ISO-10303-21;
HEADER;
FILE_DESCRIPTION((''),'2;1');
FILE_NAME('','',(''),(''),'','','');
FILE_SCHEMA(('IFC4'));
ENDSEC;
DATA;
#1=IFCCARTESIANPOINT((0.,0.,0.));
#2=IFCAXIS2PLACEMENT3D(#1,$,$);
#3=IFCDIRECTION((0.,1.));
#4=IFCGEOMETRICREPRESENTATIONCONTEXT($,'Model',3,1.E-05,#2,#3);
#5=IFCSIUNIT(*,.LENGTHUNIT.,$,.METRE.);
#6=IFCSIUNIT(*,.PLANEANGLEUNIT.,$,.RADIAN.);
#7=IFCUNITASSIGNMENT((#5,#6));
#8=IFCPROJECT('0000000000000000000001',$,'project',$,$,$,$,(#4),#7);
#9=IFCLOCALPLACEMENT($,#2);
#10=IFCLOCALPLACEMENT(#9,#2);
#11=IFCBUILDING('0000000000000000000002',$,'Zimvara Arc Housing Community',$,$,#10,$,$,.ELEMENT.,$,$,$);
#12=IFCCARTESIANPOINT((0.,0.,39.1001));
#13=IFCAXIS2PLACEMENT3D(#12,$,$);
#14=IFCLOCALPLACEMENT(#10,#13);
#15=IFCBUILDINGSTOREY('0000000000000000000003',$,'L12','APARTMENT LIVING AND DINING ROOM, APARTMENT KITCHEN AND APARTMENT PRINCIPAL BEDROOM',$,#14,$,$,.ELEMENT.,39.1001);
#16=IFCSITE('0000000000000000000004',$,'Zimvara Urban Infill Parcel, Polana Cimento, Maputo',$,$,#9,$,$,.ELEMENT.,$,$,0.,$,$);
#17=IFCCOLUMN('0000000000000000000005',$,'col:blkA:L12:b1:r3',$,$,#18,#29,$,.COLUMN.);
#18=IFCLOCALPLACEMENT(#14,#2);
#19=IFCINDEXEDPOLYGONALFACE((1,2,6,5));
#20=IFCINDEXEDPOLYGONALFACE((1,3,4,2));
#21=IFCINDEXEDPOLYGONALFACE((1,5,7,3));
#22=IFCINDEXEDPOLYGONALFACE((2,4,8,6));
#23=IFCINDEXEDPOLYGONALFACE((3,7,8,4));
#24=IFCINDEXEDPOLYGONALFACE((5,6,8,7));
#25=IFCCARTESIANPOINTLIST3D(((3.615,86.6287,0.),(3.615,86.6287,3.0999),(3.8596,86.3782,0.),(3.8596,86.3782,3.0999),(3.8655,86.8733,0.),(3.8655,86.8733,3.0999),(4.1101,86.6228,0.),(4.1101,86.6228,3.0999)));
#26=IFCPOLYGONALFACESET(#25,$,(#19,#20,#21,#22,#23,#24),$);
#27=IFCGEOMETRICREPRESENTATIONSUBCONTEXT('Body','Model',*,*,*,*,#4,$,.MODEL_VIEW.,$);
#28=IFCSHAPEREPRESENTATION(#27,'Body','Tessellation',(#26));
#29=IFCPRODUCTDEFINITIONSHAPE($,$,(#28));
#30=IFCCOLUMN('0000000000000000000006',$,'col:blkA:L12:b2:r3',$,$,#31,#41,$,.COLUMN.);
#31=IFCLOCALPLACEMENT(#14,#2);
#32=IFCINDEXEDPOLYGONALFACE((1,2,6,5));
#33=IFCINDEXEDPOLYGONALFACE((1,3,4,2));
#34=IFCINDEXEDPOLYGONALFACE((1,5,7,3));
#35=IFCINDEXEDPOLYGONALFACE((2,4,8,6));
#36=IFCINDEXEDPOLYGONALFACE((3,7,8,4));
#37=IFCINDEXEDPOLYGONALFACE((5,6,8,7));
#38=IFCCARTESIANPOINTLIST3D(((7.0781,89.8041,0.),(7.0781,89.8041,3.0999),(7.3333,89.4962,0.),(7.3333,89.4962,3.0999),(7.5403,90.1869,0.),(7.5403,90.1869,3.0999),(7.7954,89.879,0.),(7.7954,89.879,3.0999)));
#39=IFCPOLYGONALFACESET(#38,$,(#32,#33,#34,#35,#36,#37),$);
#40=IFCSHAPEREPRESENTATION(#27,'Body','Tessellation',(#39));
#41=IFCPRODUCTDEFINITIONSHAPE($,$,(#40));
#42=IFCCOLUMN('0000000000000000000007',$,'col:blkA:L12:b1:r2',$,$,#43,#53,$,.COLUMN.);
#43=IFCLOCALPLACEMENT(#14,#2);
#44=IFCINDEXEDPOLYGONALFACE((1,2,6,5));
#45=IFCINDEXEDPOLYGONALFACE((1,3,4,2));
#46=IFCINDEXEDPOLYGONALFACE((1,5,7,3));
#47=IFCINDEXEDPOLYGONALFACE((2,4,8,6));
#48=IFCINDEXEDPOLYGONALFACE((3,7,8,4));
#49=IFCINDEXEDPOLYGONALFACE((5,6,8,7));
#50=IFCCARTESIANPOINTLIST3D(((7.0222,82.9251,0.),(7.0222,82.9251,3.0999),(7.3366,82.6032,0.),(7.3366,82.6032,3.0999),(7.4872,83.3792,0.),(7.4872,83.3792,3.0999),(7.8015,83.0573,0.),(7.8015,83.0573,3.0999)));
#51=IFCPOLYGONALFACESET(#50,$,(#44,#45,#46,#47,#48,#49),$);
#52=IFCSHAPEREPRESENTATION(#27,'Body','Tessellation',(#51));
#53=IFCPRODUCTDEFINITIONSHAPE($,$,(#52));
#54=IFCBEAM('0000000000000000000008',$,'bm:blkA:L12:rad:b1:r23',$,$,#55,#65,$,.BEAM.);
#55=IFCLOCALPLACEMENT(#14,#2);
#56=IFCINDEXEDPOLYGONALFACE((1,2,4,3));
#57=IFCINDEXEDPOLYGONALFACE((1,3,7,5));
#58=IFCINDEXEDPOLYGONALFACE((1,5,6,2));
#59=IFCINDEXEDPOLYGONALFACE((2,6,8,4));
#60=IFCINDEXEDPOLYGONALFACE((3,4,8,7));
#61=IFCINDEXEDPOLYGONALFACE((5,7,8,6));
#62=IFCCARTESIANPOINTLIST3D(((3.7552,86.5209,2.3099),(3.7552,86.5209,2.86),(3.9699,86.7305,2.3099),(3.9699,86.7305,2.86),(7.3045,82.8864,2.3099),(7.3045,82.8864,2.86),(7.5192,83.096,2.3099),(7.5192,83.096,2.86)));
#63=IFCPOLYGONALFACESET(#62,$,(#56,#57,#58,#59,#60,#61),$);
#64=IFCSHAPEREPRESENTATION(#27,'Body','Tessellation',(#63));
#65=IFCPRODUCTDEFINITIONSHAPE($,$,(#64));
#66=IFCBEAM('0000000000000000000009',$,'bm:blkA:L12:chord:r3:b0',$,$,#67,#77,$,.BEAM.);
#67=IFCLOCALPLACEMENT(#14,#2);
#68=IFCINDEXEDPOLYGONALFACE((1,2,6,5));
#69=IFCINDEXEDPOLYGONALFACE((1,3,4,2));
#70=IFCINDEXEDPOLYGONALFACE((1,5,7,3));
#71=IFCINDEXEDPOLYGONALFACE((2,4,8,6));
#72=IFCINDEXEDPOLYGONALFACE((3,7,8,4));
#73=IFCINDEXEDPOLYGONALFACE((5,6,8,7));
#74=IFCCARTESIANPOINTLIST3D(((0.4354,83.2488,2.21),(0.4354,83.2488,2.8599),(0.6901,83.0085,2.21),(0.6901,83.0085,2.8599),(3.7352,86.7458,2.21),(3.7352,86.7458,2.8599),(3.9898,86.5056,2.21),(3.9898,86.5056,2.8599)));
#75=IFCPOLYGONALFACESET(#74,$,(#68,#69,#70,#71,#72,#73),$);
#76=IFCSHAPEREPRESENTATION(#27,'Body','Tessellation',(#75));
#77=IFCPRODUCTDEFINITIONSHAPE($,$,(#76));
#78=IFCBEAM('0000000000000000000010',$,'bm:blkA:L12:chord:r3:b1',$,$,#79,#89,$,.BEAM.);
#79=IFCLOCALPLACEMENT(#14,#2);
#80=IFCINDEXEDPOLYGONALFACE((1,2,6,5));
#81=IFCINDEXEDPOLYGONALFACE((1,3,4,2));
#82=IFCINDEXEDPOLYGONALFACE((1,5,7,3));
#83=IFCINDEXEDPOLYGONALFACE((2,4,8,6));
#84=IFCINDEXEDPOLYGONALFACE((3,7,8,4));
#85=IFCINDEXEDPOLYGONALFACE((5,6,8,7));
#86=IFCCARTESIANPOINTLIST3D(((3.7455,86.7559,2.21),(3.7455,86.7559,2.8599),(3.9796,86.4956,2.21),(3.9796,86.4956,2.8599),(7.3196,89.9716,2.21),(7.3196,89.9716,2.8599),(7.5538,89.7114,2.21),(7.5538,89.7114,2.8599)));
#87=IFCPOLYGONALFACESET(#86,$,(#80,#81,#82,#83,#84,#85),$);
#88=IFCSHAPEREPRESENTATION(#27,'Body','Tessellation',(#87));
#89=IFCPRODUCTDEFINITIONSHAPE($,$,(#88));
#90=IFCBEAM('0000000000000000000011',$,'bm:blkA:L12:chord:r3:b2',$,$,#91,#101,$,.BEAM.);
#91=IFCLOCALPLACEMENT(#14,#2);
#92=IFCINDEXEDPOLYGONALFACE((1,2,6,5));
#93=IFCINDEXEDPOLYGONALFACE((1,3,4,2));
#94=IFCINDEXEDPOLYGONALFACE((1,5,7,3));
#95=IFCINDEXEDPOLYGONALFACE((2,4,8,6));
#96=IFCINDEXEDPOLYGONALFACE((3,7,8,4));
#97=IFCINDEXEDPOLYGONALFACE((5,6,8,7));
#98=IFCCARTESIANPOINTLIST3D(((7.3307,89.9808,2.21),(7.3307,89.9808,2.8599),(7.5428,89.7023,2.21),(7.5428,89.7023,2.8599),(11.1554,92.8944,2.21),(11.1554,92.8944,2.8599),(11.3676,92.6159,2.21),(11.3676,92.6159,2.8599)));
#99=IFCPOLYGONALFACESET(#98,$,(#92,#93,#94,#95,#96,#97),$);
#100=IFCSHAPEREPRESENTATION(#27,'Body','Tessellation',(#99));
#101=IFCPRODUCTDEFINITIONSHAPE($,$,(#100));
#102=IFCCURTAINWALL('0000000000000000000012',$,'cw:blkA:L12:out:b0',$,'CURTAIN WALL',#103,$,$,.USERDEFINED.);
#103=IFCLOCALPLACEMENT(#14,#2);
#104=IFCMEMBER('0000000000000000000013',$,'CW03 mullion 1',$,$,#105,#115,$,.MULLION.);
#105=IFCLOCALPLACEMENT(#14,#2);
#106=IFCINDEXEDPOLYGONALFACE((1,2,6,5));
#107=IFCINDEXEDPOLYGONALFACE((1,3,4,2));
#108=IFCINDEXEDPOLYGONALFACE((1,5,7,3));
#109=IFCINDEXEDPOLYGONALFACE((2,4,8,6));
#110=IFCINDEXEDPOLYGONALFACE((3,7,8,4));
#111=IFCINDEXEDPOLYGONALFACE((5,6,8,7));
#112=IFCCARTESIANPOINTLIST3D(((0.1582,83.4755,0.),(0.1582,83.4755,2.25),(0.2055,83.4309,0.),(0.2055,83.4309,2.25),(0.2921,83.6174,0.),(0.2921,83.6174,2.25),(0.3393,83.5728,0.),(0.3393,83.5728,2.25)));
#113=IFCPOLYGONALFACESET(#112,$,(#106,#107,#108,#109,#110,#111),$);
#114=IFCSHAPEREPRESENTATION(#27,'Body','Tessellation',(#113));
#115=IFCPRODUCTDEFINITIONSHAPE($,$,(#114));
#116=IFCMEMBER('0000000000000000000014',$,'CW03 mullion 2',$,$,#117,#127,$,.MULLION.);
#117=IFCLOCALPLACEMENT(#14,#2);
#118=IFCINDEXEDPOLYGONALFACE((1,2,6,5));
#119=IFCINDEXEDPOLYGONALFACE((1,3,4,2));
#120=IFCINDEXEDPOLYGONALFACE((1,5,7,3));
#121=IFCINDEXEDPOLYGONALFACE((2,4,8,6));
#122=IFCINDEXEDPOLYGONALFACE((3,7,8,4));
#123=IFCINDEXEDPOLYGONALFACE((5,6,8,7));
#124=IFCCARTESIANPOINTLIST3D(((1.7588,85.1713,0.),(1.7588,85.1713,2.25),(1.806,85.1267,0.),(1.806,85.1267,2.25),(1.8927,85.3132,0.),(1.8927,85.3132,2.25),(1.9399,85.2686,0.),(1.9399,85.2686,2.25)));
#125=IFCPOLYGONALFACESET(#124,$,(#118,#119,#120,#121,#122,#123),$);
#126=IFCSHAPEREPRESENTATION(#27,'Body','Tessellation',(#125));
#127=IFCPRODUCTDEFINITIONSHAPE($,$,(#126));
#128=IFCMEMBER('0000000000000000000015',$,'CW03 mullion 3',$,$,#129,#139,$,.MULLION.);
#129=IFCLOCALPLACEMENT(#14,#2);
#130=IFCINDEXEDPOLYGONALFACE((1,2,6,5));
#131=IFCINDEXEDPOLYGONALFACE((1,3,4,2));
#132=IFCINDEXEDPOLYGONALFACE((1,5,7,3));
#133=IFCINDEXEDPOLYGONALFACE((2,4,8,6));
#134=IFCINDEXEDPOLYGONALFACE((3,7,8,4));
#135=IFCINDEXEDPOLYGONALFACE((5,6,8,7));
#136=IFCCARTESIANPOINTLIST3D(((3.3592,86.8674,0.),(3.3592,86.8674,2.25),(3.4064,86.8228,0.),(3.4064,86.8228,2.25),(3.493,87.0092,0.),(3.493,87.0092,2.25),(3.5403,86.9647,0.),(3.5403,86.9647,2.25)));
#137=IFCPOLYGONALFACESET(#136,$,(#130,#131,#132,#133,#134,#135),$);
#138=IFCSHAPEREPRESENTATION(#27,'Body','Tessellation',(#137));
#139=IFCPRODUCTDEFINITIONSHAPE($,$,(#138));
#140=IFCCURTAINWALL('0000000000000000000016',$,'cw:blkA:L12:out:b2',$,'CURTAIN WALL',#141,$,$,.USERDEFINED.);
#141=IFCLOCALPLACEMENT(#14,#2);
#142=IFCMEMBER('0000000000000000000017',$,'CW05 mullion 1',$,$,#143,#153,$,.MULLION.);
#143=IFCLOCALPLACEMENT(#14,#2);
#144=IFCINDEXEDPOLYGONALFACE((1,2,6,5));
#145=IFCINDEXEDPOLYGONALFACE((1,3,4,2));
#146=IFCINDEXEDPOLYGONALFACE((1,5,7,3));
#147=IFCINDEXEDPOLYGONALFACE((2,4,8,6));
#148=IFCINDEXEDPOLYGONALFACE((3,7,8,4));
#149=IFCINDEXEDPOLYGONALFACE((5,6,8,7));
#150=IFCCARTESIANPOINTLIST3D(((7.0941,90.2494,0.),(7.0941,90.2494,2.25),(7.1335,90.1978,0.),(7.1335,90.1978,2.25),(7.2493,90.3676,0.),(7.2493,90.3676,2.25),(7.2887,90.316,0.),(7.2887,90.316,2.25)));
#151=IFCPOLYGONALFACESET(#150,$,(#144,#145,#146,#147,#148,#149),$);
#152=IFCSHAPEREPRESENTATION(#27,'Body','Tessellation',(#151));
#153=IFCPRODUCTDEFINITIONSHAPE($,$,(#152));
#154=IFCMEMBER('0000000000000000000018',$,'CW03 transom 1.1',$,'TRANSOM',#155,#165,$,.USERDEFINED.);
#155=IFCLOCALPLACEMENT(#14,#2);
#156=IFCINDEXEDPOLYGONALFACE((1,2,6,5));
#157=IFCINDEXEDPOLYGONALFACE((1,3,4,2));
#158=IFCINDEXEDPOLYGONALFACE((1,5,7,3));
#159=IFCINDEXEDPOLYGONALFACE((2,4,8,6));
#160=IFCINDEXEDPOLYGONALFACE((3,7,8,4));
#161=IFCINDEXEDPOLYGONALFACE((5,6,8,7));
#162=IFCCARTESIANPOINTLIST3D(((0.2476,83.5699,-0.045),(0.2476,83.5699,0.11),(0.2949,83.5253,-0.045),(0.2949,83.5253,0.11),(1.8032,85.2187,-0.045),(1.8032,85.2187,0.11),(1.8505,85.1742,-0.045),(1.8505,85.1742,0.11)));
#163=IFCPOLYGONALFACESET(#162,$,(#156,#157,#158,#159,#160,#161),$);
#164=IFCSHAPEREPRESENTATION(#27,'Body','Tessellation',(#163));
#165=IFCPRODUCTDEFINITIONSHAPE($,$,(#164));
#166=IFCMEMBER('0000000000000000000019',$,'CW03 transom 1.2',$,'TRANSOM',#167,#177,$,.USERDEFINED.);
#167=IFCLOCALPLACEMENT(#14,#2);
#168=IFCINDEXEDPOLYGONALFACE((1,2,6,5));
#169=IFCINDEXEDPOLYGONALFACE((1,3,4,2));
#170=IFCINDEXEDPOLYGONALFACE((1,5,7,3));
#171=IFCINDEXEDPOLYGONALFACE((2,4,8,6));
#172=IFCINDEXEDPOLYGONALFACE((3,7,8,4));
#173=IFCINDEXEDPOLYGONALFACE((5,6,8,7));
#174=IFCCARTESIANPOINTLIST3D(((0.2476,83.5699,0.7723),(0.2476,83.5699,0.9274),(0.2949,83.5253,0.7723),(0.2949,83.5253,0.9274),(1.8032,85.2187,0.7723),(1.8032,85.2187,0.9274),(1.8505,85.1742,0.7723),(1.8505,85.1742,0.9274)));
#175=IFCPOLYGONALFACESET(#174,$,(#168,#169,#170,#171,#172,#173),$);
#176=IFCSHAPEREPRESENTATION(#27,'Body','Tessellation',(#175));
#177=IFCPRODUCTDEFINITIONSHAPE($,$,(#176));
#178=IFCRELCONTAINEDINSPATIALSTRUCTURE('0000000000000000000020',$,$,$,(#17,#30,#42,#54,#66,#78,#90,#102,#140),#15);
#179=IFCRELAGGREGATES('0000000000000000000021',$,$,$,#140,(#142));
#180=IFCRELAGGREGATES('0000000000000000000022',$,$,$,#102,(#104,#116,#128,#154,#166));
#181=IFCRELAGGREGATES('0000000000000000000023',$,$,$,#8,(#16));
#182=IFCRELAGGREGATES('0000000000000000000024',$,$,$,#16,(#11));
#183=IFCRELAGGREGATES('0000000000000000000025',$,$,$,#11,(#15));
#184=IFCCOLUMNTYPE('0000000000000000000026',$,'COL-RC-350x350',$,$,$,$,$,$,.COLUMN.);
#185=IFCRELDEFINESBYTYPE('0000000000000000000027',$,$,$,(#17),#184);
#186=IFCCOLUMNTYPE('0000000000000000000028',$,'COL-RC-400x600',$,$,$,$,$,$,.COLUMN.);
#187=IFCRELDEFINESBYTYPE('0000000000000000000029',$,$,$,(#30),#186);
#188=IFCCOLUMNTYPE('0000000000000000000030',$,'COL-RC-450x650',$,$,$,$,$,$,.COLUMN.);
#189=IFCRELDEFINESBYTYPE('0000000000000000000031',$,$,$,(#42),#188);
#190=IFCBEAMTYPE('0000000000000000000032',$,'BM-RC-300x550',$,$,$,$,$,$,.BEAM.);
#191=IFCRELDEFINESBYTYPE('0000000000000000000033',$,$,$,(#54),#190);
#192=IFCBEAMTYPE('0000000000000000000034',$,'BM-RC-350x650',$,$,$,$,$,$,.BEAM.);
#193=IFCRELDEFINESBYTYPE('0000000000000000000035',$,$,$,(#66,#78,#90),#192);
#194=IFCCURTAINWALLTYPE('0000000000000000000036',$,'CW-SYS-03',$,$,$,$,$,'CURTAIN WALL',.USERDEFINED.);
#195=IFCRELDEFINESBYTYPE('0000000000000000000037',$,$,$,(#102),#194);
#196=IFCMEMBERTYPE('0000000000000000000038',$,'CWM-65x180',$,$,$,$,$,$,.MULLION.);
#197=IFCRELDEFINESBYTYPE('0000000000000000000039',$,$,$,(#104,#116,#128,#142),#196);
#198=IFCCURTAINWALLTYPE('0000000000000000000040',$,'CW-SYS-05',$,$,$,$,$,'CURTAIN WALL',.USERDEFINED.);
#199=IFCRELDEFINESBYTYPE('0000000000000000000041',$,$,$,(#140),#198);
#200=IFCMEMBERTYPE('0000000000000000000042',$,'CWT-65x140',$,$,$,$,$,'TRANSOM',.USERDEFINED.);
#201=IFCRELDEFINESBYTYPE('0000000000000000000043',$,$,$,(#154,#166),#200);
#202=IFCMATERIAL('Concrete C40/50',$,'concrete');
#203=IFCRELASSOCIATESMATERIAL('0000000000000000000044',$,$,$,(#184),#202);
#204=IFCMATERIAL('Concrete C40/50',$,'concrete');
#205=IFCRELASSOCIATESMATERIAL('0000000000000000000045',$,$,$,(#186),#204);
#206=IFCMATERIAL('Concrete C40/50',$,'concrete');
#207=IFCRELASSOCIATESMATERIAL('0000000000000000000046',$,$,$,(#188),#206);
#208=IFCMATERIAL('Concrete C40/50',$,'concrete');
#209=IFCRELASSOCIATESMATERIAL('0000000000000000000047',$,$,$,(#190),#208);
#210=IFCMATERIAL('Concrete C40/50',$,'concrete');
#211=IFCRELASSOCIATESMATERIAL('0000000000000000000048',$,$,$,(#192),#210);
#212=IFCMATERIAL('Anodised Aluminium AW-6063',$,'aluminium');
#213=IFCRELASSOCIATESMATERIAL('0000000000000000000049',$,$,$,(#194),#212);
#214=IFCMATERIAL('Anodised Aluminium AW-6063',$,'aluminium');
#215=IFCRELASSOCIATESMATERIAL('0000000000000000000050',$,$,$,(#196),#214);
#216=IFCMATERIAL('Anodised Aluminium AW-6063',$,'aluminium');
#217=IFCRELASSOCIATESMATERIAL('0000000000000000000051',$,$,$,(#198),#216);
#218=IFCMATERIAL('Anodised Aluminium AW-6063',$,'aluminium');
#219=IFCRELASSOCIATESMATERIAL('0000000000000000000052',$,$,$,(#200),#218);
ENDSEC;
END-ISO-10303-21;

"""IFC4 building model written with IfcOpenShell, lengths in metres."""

from ifc_helpers import new_model, si_unit, direction, frame, origin, origin_2d, place, context, subcontext, project, spatial, rectangle, extrude, material, material_profile, profile_set, type_object, element, aggregate, save


model = new_model("IFC4")

# Units and contexts
model_context = context("Model", 3, precision=1e-05, world=origin(), true_north=direction((0.0, 1.0)))
body_context = subcontext(model_context, "Body", "Model", "MODEL_VIEW")
ifc_project = project(units=[si_unit("LENGTHUNIT", "METRE"), si_unit("PLANEANGLEUNIT", "RADIAN")], contexts=[model_context])

# Site, building, storey
site_placement = place(None, origin())
site = spatial("IfcSite", under=ifc_project, at=site_placement, Name="Zimvara Urban Infill Parcel, Polana Cimento, Maputo", CompositionType="ELEMENT", RefElevation=0.0)
building_placement = place(site_placement, origin())
building = spatial("IfcBuilding", under=site, at=building_placement, Name="Zimvara Arc Housing Community", CompositionType="ELEMENT")
storey_placement = place(building_placement, frame((0.0, 0.0, 39.1001)))
storey = spatial("IfcBuildingStorey", under=building, at=storey_placement, Name="L12", Description="APARTMENT LIVING AND DINING ROOM, APARTMENT KITCHEN AND APARTMENT PRINCIPAL BEDROOM", CompositionType="ELEMENT", Elevation=39.1001)

# Columns
ifc_material_1 = material(Name="Concrete C40/50", Category="concrete")
ifc_material_profile_1 = material_profile(ifc_material_1, rectangle(XDim=0.3501, YDim=0.3501, at=origin_2d()), Name="RC 350x350")
ifc_profile_set_1 = profile_set([ifc_material_profile_1], Name="Concrete C40/50")
column_type_1 = type_object("IfcColumnType", Name="COL-RC-350x350", PredefinedType="COLUMN", material=ifc_profile_set_1)
column_1_placement = place(storey_placement, frame((3.8625, 86.6257, 0.0), z_axis=(0.0, 0.0, 1.0), x_axis=(-0.698665, 0.715449, 0.0)))
element("IfcColumn", 1, at=column_1_placement, inside=storey, type_object=column_type_1, Name="col:blkA:L12:b1:r3", PredefinedType="COLUMN", context=body_context, shape_type="SweptSolid", body=[
    extrude(rectangle(XDim=0.3501, YDim=0.3501, at=origin_2d()), origin(), (0.0, 0.0, 1.0), 3.0999),
])
ifc_material_2 = material(Name="Concrete C40/50", Category="concrete")
ifc_material_profile_2 = material_profile(ifc_material_2, rectangle(XDim=0.3999, YDim=0.6001, at=origin_2d()), Name="RC 400x600")
ifc_profile_set_2 = profile_set([ifc_material_profile_2], Name="Concrete C40/50")
column_type_2 = type_object("IfcColumnType", Name="COL-RC-400x600", PredefinedType="COLUMN", material=ifc_profile_set_2)
column_2_placement = place(storey_placement, frame((7.4368, 89.8416, 0.0), z_axis=(0.0, 0.0, 1.0), x_axis=(-0.637962, 0.770068, 0.0)))
element("IfcColumn", 2, at=column_2_placement, inside=storey, type_object=column_type_2, Name="col:blkA:L12:b2:r3", PredefinedType="COLUMN", context=body_context, shape_type="SweptSolid", body=[
    extrude(rectangle(XDim=0.3999, YDim=0.6001, at=origin_2d()), origin(), (0.0, 0.0, 1.0), 3.0999),
])
ifc_material_3 = material(Name="Concrete C40/50", Category="concrete")
ifc_material_profile_3 = material_profile(ifc_material_3, rectangle(XDim=0.45, YDim=0.6499, at=origin_2d()), Name="RC 450x650")
ifc_profile_set_3 = profile_set([ifc_material_profile_3], Name="Concrete C40/50")
column_type_3 = type_object("IfcColumnType", Name="COL-RC-450x650", PredefinedType="COLUMN", material=ifc_profile_set_3)
column_3_placement = place(storey_placement, frame((7.4119, 82.9912, 0.0), z_axis=(0.0, 0.0, 1.0), x_axis=(-0.698665, 0.715449, 0.0)))
element("IfcColumn", 3, at=column_3_placement, inside=storey, type_object=column_type_3, Name="col:blkA:L12:b1:r2", PredefinedType="COLUMN", context=body_context, shape_type="SweptSolid", body=[
    extrude(rectangle(XDim=0.45, YDim=0.6499, at=origin_2d()), origin(), (0.0, 0.0, 1.0), 3.0999),
])

# Beams
ifc_material_4 = material(Name="Concrete C40/50", Category="concrete")
ifc_material_profile_4 = material_profile(ifc_material_4, rectangle(XDim=0.3, YDim=0.55, at=origin_2d()), Name="RC 300x550")
ifc_profile_set_4 = profile_set([ifc_material_profile_4], Name="Concrete C40/50")
beam_type_1 = type_object("IfcBeamType", Name="BM-RC-300x550", PredefinedType="BEAM", material=ifc_profile_set_4)
beam_1_placement = place(storey_placement, frame((7.4119, 82.9912, 2.585), z_axis=(-0.698671, 0.715443, 0.0), x_axis=(-0.715443, -0.698671, 0.0)))
element("IfcBeam", 4, at=beam_1_placement, inside=storey, type_object=beam_type_1, Name="bm:blkA:L12:rad:b1:r23", PredefinedType="BEAM", context=body_context, shape_type="SweptSolid", body=[
    extrude(rectangle(XDim=0.3, YDim=0.55, at=origin_2d()), origin(), (0.0, 0.0, 1.0), 5.0801),
])
ifc_material_5 = material(Name="Concrete C40/50", Category="concrete")
ifc_material_profile_5 = material_profile(ifc_material_5, rectangle(XDim=0.3501, YDim=0.6499, at=origin_2d()), Name="RC 350x650")
ifc_profile_set_5 = profile_set([ifc_material_profile_5], Name="Concrete C40/50")
beam_type_2 = type_object("IfcBeamType", Name="BM-RC-350x650", PredefinedType="BEAM", material=ifc_profile_set_5)
beam_2_placement = place(storey_placement, frame((0.5627, 83.1287, 2.5349), z_axis=(0.686295, 0.727323, 0.0), x_axis=(-0.727323, 0.686295, 0.0)))
element("IfcBeam", 5, at=beam_2_placement, inside=storey, type_object=beam_type_2, Name="bm:blkA:L12:chord:r3:b0", PredefinedType="BEAM", context=body_context, shape_type="SweptSolid", body=[
    extrude(rectangle(XDim=0.3501, YDim=0.6499, at=origin_2d()), origin(), (0.0, 0.0, 1.0), 4.8081),
])
beam_3_placement = place(storey_placement, frame((3.8625, 86.6257, 2.5349), z_axis=(0.743395, 0.668853, 0.0), x_axis=(-0.668853, 0.743395, 0.0)))
element("IfcBeam", 6, at=beam_3_placement, inside=storey, type_object=beam_type_2, Name="bm:blkA:L12:chord:r3:b1", PredefinedType="BEAM", context=body_context, shape_type="SweptSolid", body=[
    extrude(rectangle(XDim=0.3501, YDim=0.6499, at=origin_2d()), origin(), (0.0, 0.0, 1.0), 4.8079),
])
beam_4_placement = place(storey_placement, frame((7.4368, 89.8416, 2.5349), z_axis=(0.795481, 0.605979, 0.0), x_axis=(-0.605979, 0.795481, 0.0)))
element("IfcBeam", 7, at=beam_4_placement, inside=storey, type_object=beam_type_2, Name="bm:blkA:L12:chord:r3:b2", PredefinedType="BEAM", context=body_context, shape_type="SweptSolid", body=[
    extrude(rectangle(XDim=0.3501, YDim=0.6499, at=origin_2d()), origin(), (0.0, 0.0, 1.0), 4.8081),
])

# Curtain wall, members
ifc_material_6 = material(Name="Anodised Aluminium AW-6063", Category="aluminium")
curtain_wall_type_1 = type_object("IfcCurtainWallType", Name="CW-SYS-03", ElementType="CURTAIN WALL", PredefinedType="USERDEFINED", material=ifc_material_6)
curtain_wall_1_placement = place(storey_placement, origin())
curtain_wall_1 = element("IfcCurtainWall", 8, at=curtain_wall_1_placement, inside=storey, type_object=curtain_wall_type_1, Name="cw:blkA:L12:out:b0", ObjectType="CURTAIN WALL", PredefinedType="USERDEFINED")
ifc_material_7 = material(Name="Anodised Aluminium AW-6063", Category="aluminium")
ifc_material_profile_6 = material_profile(ifc_material_7, rectangle(XDim=0.0649, YDim=0.1951, at=origin_2d()), Name="ALU 65x195")
ifc_profile_set_6 = profile_set([ifc_material_profile_6], Name="Anodised Aluminium AW-6063")
member_type_1 = type_object("IfcMemberType", Name="CWM-65x180", PredefinedType="MULLION", material=ifc_profile_set_6)
member_1_placement = place(storey_placement, frame((0.2488, 83.5242, 0.0), z_axis=(0.0, 0.0, 1.0), x_axis=(-0.727294, 0.686326, 0.0)))
member_1 = element("IfcMember", 9, at=member_1_placement, type_object=member_type_1, Name="CW03 mullion 1", PredefinedType="MULLION", context=body_context, shape_type="SweptSolid", body=[
    extrude(rectangle(XDim=0.0649, YDim=0.1951, at=origin_2d()), origin(), (0.0, 0.0, 1.0), 2.25),
])
member_2_placement = place(storey_placement, frame((1.8494, 85.22, 0.0), z_axis=(0.0, 0.0, 1.0), x_axis=(-0.727294, 0.686326, 0.0)))
member_2 = element("IfcMember", 10, at=member_2_placement, type_object=member_type_1, Name="CW03 mullion 2", PredefinedType="MULLION", context=body_context, shape_type="SweptSolid", body=[
    extrude(rectangle(XDim=0.0649, YDim=0.1951, at=origin_2d()), origin(), (0.0, 0.0, 1.0), 2.25),
])
member_3_placement = place(storey_placement, frame((3.4497, 86.916, 0.0), z_axis=(0.0, 0.0, 1.0), x_axis=(-0.727294, 0.686326, 0.0)))
member_3 = element("IfcMember", 11, at=member_3_placement, type_object=member_type_1, Name="CW03 mullion 3", PredefinedType="MULLION", context=body_context, shape_type="SweptSolid", body=[
    extrude(rectangle(XDim=0.0649, YDim=0.1951, at=origin_2d()), origin(), (0.0, 0.0, 1.0), 2.25),
])

# Curtain wall, member
ifc_material_8 = material(Name="Anodised Aluminium AW-6063", Category="aluminium")
curtain_wall_type_2 = type_object("IfcCurtainWallType", Name="CW-SYS-05", ElementType="CURTAIN WALL", PredefinedType="USERDEFINED", material=ifc_material_8)
curtain_wall_2_placement = place(storey_placement, origin())
curtain_wall_2 = element("IfcCurtainWall", 12, at=curtain_wall_2_placement, inside=storey, type_object=curtain_wall_type_2, Name="cw:blkA:L12:out:b2", ObjectType="CURTAIN WALL", PredefinedType="USERDEFINED")
member_4_placement = place(storey_placement, frame((7.1914, 90.2827, 0.0), z_axis=(0.0, 0.0, 1.0), x_axis=(-0.605988, 0.795474, 0.0)))
member_4 = element("IfcMember", 13, at=member_4_placement, type_object=member_type_1, Name="CW05 mullion 1", PredefinedType="MULLION", context=body_context, shape_type="SweptSolid", body=[
    extrude(rectangle(XDim=0.0649, YDim=0.1951, at=origin_2d()), origin(), (0.0, 0.0, 1.0), 2.25),
])

# Members
ifc_material_9 = material(Name="Anodised Aluminium AW-6063", Category="aluminium")
ifc_material_profile_7 = material_profile(ifc_material_9, rectangle(XDim=0.0649, YDim=0.155, at=origin_2d()), Name="ALU 65x155")
ifc_profile_set_7 = profile_set([ifc_material_profile_7], Name="Anodised Aluminium AW-6063")
member_type_2 = type_object("IfcMemberType", Name="CWT-65x140", ElementType="TRANSOM", PredefinedType="USERDEFINED", material=ifc_profile_set_7)
member_5_placement = place(storey_placement, frame((0.2712, 83.5476, 0.0325), z_axis=(0.686238, 0.727377, 0.0), x_axis=(-0.727377, 0.686238, 0.0)))
member_5 = element("IfcMember", 14, at=member_5_placement, type_object=member_type_2, Name="CW03 transom 1.1", ObjectType="TRANSOM", PredefinedType="USERDEFINED", context=body_context, shape_type="SweptSolid", body=[
    extrude(rectangle(XDim=0.0649, YDim=0.155, at=origin_2d()), origin(), (0.0, 0.0, 1.0), 2.2668),
])
member_6_placement = place(storey_placement, frame((0.2712, 83.5476, 0.8499), z_axis=(0.686238, 0.727377, 0.0), x_axis=(-0.727377, 0.686238, 0.0)))
member_6 = element("IfcMember", 15, at=member_6_placement, type_object=member_type_2, Name="CW03 transom 1.2", ObjectType="TRANSOM", PredefinedType="USERDEFINED", context=body_context, shape_type="SweptSolid", body=[
    extrude(rectangle(XDim=0.0649, YDim=0.155, at=origin_2d()), origin(), (0.0, 0.0, 1.0), 2.2668),
])
aggregate(curtain_wall_2, [member_4])

aggregate(curtain_wall_1, [member_1, member_2, member_3, member_5, member_6])

save(model, "model.ifc")
